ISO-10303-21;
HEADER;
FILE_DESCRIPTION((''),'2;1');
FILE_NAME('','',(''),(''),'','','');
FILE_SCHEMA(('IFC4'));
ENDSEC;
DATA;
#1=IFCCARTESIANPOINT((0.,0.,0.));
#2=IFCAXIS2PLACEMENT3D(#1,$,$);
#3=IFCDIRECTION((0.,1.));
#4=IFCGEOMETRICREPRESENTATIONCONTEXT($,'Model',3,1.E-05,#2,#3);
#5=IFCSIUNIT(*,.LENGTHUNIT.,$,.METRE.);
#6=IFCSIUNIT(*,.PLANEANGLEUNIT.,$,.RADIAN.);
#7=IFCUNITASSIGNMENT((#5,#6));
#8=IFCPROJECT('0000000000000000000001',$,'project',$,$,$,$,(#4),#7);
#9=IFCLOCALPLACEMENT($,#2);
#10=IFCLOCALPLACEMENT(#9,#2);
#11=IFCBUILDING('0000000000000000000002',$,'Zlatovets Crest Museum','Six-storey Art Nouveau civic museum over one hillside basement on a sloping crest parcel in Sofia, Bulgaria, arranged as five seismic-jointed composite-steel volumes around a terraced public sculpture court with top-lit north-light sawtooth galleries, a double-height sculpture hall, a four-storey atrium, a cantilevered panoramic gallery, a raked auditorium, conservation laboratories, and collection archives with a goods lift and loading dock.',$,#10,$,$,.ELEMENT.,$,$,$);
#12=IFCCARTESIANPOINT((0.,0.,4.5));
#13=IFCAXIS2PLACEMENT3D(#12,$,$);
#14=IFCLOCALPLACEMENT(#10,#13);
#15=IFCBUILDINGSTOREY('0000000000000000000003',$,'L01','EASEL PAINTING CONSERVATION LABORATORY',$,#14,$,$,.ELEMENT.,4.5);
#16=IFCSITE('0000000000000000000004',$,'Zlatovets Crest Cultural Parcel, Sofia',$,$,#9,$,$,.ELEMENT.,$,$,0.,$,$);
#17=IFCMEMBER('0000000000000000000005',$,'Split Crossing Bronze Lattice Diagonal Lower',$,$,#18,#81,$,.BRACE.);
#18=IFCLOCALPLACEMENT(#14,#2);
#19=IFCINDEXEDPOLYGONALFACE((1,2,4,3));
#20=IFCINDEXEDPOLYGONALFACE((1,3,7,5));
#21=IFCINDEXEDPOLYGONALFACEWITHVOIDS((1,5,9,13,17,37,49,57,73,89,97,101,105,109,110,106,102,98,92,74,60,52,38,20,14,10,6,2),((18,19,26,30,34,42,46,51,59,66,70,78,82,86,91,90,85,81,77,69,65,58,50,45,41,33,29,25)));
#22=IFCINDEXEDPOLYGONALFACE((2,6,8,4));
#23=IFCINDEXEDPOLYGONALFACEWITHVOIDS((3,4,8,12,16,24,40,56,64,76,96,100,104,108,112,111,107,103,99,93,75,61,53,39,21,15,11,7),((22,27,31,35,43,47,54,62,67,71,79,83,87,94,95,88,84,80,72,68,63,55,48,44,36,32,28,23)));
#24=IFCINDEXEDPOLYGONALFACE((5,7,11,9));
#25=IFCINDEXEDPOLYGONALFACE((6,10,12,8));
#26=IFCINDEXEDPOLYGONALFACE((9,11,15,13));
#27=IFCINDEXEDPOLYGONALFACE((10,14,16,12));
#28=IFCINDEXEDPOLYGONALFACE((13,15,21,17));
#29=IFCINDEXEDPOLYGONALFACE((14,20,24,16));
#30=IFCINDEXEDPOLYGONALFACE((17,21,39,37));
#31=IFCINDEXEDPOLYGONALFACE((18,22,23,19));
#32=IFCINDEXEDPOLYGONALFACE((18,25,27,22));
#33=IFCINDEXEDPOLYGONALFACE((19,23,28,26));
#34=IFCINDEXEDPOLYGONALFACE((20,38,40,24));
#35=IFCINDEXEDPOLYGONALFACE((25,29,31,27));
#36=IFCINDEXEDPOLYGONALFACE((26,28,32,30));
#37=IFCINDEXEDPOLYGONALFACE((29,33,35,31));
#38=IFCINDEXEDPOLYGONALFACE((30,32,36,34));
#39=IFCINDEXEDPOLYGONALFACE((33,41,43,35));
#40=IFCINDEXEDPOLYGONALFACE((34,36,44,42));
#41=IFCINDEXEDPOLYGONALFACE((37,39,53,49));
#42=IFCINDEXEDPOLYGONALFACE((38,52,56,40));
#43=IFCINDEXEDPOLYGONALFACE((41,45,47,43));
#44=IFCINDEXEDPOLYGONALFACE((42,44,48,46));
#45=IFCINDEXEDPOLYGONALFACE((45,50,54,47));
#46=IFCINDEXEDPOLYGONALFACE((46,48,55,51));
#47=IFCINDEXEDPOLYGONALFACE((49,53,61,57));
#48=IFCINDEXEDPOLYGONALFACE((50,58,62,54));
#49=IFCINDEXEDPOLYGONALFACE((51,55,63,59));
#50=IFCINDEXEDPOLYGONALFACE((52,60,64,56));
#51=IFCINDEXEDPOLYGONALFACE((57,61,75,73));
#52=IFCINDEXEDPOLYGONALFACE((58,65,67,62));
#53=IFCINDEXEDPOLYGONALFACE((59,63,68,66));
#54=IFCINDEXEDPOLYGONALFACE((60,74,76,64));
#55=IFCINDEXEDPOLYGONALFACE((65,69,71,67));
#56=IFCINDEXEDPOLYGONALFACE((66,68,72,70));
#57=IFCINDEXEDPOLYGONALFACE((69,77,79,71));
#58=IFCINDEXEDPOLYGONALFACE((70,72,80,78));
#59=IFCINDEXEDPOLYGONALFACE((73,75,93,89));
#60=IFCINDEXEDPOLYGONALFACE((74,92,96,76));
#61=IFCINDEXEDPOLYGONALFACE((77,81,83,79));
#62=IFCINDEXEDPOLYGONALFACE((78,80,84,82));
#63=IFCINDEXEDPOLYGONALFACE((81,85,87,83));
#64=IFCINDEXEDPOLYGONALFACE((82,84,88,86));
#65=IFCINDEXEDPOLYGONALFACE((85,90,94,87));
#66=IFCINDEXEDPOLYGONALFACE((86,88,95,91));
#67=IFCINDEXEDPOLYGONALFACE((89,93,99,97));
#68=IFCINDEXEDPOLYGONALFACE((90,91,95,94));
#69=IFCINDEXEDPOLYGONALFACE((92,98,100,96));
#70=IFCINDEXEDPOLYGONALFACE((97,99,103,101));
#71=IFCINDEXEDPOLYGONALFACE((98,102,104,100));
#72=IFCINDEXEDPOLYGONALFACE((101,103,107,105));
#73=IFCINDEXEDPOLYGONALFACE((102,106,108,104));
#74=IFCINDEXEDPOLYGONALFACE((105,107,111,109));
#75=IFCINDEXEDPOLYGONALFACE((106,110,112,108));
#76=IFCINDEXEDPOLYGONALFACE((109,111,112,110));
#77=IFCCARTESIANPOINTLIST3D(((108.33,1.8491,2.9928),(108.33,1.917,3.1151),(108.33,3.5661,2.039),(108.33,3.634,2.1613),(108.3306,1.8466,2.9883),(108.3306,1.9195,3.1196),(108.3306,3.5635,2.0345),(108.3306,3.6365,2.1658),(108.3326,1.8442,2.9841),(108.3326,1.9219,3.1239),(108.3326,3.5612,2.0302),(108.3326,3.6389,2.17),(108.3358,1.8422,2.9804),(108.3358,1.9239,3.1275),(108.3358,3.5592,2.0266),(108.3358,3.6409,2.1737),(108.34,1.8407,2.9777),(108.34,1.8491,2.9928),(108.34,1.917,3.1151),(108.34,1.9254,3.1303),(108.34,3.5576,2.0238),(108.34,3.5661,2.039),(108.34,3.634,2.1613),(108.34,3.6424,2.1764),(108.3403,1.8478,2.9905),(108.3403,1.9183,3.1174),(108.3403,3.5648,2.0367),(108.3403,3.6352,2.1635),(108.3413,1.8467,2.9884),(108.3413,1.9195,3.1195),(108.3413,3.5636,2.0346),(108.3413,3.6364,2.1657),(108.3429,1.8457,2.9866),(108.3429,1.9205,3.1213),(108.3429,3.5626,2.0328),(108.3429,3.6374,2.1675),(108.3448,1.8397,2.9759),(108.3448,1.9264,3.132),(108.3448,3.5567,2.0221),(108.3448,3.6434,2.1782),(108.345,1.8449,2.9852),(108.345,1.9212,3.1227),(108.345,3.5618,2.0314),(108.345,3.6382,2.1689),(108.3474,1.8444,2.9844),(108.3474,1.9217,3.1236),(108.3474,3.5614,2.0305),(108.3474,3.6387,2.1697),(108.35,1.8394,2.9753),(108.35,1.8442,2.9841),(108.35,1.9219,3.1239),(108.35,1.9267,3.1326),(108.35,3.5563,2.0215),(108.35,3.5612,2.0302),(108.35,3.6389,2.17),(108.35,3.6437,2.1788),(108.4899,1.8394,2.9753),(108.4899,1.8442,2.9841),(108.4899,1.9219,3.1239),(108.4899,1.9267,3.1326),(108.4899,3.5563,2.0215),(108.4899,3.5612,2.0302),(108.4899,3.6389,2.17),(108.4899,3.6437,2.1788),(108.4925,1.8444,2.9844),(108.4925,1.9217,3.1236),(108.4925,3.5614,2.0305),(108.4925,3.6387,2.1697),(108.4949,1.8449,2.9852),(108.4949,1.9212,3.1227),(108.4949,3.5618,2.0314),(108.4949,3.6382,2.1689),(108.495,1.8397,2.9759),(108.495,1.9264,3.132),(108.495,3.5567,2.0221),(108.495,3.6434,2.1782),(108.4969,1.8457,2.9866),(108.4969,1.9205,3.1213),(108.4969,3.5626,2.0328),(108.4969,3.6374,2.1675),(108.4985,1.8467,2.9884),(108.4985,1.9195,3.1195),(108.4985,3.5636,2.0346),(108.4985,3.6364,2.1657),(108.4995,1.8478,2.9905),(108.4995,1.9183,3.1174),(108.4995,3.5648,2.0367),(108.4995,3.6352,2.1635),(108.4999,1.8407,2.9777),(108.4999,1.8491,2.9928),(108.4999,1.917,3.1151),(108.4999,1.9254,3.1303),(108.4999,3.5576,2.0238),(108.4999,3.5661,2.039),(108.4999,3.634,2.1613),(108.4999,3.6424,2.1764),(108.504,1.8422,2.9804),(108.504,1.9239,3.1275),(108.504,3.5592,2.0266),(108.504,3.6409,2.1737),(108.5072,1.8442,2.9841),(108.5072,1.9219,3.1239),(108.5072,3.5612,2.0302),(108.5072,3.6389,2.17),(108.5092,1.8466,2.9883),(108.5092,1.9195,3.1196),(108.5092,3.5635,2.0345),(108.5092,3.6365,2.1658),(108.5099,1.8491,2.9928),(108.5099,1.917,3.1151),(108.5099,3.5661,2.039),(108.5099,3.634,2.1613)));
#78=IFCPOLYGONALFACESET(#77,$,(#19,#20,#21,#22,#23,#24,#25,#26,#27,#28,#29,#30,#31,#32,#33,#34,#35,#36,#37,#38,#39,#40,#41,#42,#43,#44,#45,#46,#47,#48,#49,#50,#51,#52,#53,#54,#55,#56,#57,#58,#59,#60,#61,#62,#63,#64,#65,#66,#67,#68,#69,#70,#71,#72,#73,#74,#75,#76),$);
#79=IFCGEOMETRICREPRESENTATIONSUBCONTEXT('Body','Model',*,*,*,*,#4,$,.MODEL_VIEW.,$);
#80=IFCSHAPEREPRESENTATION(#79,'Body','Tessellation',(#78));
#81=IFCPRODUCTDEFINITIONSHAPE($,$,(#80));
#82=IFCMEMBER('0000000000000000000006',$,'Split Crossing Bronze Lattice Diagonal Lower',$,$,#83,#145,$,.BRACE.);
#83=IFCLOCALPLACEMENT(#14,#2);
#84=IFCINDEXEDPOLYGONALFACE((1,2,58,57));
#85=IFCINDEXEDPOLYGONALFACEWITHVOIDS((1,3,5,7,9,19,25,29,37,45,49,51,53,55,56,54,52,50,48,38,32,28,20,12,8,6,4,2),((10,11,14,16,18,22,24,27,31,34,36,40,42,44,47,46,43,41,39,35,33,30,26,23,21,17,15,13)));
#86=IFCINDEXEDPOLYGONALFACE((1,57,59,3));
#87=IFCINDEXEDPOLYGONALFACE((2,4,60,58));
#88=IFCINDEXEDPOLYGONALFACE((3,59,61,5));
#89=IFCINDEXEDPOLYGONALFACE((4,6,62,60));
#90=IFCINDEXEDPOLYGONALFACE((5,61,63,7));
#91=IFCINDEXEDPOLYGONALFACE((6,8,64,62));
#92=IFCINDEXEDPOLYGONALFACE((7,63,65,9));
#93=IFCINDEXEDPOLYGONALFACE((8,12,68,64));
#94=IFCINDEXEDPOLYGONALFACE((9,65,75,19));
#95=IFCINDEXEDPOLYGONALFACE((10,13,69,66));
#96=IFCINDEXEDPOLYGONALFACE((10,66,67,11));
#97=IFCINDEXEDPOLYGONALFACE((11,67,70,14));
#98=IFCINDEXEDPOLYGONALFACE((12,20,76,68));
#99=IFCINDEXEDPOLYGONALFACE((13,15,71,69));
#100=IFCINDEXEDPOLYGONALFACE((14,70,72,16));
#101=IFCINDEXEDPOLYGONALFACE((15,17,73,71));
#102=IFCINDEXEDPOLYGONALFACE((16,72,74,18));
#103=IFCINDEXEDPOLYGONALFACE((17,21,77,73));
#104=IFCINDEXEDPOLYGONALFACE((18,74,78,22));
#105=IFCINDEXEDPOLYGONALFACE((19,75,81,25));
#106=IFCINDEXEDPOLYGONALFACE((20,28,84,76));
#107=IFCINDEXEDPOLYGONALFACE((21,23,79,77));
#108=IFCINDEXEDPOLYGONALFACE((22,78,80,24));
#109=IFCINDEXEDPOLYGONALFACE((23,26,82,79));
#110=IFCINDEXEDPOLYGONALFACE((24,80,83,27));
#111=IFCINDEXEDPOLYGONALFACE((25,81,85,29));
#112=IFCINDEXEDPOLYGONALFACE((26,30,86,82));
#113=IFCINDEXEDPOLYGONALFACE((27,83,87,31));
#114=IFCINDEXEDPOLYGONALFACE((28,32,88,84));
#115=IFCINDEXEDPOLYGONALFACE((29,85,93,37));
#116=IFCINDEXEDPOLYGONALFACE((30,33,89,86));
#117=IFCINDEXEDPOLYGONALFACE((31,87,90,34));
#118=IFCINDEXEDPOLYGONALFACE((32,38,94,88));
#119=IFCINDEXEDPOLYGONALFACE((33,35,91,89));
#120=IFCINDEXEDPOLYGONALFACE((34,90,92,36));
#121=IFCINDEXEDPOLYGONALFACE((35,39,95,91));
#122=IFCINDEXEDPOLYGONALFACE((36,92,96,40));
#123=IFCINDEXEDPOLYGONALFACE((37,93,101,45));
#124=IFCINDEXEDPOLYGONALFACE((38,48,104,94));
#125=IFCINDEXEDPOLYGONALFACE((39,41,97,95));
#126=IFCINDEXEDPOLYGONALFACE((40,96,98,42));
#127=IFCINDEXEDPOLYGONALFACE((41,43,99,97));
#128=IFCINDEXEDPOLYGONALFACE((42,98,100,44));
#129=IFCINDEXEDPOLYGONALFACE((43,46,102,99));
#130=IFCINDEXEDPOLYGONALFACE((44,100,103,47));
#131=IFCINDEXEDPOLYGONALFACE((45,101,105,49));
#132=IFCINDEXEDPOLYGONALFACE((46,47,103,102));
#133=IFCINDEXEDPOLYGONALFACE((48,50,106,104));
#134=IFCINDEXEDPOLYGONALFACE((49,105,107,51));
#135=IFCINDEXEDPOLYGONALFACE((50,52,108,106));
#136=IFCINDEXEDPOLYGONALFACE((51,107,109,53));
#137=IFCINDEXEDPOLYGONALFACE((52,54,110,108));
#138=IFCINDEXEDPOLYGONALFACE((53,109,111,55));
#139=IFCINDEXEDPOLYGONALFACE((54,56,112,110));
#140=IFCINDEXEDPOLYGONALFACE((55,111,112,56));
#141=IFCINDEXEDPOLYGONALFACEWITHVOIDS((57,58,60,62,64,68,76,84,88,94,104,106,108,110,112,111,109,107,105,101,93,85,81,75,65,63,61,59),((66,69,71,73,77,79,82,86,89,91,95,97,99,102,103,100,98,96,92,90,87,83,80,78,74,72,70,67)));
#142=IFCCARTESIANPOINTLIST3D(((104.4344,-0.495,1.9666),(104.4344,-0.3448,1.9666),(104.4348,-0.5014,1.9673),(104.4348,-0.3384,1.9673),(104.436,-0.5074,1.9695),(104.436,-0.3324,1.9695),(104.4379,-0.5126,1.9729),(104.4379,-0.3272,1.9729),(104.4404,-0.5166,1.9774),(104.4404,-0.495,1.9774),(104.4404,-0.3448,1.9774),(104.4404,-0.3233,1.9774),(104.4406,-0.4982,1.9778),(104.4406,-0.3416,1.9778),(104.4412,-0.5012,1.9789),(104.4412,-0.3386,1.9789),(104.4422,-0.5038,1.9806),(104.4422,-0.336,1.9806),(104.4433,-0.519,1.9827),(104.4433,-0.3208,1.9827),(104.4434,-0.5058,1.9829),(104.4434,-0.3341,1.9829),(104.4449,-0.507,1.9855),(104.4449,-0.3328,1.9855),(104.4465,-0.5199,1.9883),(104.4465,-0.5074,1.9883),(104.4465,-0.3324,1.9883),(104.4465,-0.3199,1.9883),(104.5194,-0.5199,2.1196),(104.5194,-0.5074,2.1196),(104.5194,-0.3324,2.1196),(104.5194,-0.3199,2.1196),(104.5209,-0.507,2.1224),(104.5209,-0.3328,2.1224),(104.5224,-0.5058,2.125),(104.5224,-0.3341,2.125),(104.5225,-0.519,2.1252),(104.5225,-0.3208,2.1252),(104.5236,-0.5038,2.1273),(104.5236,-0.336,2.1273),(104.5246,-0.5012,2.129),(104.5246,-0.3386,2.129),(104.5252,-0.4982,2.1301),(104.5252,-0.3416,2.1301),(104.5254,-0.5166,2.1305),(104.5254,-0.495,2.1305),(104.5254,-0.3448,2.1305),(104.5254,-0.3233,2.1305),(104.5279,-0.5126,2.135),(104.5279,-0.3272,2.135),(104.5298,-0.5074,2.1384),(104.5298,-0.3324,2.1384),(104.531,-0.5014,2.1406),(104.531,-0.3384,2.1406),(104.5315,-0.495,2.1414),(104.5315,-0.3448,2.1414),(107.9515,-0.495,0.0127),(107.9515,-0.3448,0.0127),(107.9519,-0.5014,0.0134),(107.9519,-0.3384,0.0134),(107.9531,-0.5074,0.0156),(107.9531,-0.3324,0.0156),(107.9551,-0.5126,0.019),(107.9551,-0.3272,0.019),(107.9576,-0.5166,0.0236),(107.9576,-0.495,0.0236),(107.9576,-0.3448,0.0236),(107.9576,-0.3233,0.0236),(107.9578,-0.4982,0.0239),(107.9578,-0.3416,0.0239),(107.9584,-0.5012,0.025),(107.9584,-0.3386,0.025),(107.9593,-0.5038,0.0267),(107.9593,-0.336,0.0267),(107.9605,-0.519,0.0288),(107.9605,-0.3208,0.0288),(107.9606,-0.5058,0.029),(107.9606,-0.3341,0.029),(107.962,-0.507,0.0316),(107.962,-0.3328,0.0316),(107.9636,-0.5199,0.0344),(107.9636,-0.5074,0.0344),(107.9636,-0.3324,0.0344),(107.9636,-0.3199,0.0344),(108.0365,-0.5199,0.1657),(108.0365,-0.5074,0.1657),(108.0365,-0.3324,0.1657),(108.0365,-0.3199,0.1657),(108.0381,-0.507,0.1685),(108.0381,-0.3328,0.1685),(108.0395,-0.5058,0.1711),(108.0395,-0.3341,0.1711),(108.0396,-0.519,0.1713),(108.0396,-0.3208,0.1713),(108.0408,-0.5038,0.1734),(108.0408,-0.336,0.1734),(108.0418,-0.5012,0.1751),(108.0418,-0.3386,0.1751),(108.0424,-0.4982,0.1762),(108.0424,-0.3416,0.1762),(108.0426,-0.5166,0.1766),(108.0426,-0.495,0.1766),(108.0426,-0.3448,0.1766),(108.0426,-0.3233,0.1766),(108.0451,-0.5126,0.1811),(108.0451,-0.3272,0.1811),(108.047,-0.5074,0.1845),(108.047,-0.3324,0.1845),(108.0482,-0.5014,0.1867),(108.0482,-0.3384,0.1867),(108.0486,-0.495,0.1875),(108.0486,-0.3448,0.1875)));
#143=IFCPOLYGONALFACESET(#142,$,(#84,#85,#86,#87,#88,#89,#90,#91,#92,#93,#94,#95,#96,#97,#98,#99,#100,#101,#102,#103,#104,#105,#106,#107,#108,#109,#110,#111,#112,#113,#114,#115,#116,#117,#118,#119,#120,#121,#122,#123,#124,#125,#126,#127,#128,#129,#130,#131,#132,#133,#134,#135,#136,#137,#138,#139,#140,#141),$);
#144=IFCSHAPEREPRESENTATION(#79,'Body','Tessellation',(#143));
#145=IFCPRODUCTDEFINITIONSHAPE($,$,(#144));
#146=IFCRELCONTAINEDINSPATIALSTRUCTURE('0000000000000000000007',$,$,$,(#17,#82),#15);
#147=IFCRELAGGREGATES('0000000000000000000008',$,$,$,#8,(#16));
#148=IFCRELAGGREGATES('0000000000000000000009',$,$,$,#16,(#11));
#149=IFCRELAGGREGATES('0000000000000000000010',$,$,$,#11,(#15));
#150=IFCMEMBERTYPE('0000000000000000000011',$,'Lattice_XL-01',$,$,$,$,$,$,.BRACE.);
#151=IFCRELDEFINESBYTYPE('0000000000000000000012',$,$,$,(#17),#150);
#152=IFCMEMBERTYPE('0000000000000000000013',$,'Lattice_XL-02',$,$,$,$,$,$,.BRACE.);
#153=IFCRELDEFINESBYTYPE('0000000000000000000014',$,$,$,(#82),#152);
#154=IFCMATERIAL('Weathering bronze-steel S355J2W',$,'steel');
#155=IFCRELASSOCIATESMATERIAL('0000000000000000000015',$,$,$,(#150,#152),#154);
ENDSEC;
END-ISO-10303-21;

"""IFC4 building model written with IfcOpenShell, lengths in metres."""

from ifc_helpers import new_model, si_unit, direction, frame, origin, origin_2d, place, context, subcontext, project, spatial, hollow_rectangle, extrude, material, material_profile, profile_set, type_object, element, save


model = new_model("IFC4")

# Units and contexts
model_context = context("Model", 3, precision=1e-05, world=origin(), true_north=direction((0.0, 1.0)))
body_context = subcontext(model_context, "Body", "Model", "MODEL_VIEW")
ifc_project = project(units=[si_unit("LENGTHUNIT", "METRE"), si_unit("PLANEANGLEUNIT", "RADIAN")], contexts=[model_context])

# Site, building, storey
site_placement = place(None, origin())
site = spatial("IfcSite", under=ifc_project, at=site_placement, Name="Zlatovets Crest Cultural Parcel, Sofia", CompositionType="ELEMENT", RefElevation=0.0)
building_placement = place(site_placement, origin())
building = spatial("IfcBuilding", under=site, at=building_placement, Name="Zlatovets Crest Museum", Description="Six-storey Art Nouveau civic museum over one hillside basement on a sloping crest parcel in Sofia, Bulgaria, arranged as five seismic-jointed composite-steel volumes around a terraced public sculpture court with top-lit north-light sawtooth galleries, a double-height sculpture hall, a four-storey atrium, a cantilevered panoramic gallery, a raked auditorium, conservation laboratories, and collection archives with a goods lift and loading dock.", CompositionType="ELEMENT")
storey_placement = place(building_placement, frame((0.0, 0.0, 4.5)))
storey = spatial("IfcBuildingStorey", under=building, at=storey_placement, Name="L01", Description="EASEL PAINTING CONSERVATION LABORATORY", CompositionType="ELEMENT", Elevation=4.5)

# Members
ifc_material_1 = material(Name="Weathering bronze-steel S355J2W", Category="steel")
ifc_material_profile_1 = material_profile(ifc_material_1, hollow_rectangle(XDim=0.1799, YDim=0.1799, WallThickness=0.01, InnerFilletRadius=0.01, OuterFilletRadius=0.02, at=origin_2d()), Name="SHS 180x180x10.0")
ifc_profile_set_1 = profile_set([ifc_material_profile_1], Name="Weathering bronze-steel S355J2W")
member_type_1 = type_object("IfcMemberType", Name="Lattice_XL-01", PredefinedType="BRACE", material=ifc_profile_set_1)
member_1_placement = place(storey_placement, frame((108.4199, 1.8831, 3.054), z_axis=(0.0, 0.874169, -0.485622), x_axis=(-1.0, 0.0, 0.0)))
element("IfcMember", 1, at=member_1_placement, inside=storey, type_object=member_type_1, Name="Split Crossing Bronze Lattice Diagonal Lower", PredefinedType="BRACE", context=body_context, shape_type="SweptSolid", body=[
    extrude(hollow_rectangle(XDim=0.1799, YDim=0.1799, WallThickness=0.01, InnerFilletRadius=0.01, OuterFilletRadius=0.02, at=origin_2d()), origin(), (0.0, 0.0, 1.0), 1.9641),
])
ifc_material_profile_2 = material_profile(ifc_material_1, hollow_rectangle(XDim=0.2, YDim=0.2, WallThickness=0.0125, InnerFilletRadius=0.0125, OuterFilletRadius=0.0249, at=origin_2d()), Name="SHS 200x200x12.5")
ifc_profile_set_2 = profile_set([ifc_material_profile_2], Name="Weathering bronze-steel S355J2W")
member_type_2 = type_object("IfcMemberType", Name="Lattice_XL-02", PredefinedType="BRACE", material=ifc_profile_set_2)
member_2_placement = place(storey_placement, frame((104.4829, -0.4199, 2.054), z_axis=(0.874166, 0.0, -0.485627), x_axis=(0.0, 1.0, 0.0)))
element("IfcMember", 2, at=member_2_placement, inside=storey, type_object=member_type_2, Name="Split Crossing Bronze Lattice Diagonal Lower", PredefinedType="BRACE", context=body_context, shape_type="SweptSolid", body=[
    extrude(hollow_rectangle(XDim=0.2, YDim=0.2, WallThickness=0.0125, InnerFilletRadius=0.0125, OuterFilletRadius=0.0249, at=origin_2d()), origin(), (0.0, 0.0, 1.0), 4.0234),
])

save(model, "model.ifc")
